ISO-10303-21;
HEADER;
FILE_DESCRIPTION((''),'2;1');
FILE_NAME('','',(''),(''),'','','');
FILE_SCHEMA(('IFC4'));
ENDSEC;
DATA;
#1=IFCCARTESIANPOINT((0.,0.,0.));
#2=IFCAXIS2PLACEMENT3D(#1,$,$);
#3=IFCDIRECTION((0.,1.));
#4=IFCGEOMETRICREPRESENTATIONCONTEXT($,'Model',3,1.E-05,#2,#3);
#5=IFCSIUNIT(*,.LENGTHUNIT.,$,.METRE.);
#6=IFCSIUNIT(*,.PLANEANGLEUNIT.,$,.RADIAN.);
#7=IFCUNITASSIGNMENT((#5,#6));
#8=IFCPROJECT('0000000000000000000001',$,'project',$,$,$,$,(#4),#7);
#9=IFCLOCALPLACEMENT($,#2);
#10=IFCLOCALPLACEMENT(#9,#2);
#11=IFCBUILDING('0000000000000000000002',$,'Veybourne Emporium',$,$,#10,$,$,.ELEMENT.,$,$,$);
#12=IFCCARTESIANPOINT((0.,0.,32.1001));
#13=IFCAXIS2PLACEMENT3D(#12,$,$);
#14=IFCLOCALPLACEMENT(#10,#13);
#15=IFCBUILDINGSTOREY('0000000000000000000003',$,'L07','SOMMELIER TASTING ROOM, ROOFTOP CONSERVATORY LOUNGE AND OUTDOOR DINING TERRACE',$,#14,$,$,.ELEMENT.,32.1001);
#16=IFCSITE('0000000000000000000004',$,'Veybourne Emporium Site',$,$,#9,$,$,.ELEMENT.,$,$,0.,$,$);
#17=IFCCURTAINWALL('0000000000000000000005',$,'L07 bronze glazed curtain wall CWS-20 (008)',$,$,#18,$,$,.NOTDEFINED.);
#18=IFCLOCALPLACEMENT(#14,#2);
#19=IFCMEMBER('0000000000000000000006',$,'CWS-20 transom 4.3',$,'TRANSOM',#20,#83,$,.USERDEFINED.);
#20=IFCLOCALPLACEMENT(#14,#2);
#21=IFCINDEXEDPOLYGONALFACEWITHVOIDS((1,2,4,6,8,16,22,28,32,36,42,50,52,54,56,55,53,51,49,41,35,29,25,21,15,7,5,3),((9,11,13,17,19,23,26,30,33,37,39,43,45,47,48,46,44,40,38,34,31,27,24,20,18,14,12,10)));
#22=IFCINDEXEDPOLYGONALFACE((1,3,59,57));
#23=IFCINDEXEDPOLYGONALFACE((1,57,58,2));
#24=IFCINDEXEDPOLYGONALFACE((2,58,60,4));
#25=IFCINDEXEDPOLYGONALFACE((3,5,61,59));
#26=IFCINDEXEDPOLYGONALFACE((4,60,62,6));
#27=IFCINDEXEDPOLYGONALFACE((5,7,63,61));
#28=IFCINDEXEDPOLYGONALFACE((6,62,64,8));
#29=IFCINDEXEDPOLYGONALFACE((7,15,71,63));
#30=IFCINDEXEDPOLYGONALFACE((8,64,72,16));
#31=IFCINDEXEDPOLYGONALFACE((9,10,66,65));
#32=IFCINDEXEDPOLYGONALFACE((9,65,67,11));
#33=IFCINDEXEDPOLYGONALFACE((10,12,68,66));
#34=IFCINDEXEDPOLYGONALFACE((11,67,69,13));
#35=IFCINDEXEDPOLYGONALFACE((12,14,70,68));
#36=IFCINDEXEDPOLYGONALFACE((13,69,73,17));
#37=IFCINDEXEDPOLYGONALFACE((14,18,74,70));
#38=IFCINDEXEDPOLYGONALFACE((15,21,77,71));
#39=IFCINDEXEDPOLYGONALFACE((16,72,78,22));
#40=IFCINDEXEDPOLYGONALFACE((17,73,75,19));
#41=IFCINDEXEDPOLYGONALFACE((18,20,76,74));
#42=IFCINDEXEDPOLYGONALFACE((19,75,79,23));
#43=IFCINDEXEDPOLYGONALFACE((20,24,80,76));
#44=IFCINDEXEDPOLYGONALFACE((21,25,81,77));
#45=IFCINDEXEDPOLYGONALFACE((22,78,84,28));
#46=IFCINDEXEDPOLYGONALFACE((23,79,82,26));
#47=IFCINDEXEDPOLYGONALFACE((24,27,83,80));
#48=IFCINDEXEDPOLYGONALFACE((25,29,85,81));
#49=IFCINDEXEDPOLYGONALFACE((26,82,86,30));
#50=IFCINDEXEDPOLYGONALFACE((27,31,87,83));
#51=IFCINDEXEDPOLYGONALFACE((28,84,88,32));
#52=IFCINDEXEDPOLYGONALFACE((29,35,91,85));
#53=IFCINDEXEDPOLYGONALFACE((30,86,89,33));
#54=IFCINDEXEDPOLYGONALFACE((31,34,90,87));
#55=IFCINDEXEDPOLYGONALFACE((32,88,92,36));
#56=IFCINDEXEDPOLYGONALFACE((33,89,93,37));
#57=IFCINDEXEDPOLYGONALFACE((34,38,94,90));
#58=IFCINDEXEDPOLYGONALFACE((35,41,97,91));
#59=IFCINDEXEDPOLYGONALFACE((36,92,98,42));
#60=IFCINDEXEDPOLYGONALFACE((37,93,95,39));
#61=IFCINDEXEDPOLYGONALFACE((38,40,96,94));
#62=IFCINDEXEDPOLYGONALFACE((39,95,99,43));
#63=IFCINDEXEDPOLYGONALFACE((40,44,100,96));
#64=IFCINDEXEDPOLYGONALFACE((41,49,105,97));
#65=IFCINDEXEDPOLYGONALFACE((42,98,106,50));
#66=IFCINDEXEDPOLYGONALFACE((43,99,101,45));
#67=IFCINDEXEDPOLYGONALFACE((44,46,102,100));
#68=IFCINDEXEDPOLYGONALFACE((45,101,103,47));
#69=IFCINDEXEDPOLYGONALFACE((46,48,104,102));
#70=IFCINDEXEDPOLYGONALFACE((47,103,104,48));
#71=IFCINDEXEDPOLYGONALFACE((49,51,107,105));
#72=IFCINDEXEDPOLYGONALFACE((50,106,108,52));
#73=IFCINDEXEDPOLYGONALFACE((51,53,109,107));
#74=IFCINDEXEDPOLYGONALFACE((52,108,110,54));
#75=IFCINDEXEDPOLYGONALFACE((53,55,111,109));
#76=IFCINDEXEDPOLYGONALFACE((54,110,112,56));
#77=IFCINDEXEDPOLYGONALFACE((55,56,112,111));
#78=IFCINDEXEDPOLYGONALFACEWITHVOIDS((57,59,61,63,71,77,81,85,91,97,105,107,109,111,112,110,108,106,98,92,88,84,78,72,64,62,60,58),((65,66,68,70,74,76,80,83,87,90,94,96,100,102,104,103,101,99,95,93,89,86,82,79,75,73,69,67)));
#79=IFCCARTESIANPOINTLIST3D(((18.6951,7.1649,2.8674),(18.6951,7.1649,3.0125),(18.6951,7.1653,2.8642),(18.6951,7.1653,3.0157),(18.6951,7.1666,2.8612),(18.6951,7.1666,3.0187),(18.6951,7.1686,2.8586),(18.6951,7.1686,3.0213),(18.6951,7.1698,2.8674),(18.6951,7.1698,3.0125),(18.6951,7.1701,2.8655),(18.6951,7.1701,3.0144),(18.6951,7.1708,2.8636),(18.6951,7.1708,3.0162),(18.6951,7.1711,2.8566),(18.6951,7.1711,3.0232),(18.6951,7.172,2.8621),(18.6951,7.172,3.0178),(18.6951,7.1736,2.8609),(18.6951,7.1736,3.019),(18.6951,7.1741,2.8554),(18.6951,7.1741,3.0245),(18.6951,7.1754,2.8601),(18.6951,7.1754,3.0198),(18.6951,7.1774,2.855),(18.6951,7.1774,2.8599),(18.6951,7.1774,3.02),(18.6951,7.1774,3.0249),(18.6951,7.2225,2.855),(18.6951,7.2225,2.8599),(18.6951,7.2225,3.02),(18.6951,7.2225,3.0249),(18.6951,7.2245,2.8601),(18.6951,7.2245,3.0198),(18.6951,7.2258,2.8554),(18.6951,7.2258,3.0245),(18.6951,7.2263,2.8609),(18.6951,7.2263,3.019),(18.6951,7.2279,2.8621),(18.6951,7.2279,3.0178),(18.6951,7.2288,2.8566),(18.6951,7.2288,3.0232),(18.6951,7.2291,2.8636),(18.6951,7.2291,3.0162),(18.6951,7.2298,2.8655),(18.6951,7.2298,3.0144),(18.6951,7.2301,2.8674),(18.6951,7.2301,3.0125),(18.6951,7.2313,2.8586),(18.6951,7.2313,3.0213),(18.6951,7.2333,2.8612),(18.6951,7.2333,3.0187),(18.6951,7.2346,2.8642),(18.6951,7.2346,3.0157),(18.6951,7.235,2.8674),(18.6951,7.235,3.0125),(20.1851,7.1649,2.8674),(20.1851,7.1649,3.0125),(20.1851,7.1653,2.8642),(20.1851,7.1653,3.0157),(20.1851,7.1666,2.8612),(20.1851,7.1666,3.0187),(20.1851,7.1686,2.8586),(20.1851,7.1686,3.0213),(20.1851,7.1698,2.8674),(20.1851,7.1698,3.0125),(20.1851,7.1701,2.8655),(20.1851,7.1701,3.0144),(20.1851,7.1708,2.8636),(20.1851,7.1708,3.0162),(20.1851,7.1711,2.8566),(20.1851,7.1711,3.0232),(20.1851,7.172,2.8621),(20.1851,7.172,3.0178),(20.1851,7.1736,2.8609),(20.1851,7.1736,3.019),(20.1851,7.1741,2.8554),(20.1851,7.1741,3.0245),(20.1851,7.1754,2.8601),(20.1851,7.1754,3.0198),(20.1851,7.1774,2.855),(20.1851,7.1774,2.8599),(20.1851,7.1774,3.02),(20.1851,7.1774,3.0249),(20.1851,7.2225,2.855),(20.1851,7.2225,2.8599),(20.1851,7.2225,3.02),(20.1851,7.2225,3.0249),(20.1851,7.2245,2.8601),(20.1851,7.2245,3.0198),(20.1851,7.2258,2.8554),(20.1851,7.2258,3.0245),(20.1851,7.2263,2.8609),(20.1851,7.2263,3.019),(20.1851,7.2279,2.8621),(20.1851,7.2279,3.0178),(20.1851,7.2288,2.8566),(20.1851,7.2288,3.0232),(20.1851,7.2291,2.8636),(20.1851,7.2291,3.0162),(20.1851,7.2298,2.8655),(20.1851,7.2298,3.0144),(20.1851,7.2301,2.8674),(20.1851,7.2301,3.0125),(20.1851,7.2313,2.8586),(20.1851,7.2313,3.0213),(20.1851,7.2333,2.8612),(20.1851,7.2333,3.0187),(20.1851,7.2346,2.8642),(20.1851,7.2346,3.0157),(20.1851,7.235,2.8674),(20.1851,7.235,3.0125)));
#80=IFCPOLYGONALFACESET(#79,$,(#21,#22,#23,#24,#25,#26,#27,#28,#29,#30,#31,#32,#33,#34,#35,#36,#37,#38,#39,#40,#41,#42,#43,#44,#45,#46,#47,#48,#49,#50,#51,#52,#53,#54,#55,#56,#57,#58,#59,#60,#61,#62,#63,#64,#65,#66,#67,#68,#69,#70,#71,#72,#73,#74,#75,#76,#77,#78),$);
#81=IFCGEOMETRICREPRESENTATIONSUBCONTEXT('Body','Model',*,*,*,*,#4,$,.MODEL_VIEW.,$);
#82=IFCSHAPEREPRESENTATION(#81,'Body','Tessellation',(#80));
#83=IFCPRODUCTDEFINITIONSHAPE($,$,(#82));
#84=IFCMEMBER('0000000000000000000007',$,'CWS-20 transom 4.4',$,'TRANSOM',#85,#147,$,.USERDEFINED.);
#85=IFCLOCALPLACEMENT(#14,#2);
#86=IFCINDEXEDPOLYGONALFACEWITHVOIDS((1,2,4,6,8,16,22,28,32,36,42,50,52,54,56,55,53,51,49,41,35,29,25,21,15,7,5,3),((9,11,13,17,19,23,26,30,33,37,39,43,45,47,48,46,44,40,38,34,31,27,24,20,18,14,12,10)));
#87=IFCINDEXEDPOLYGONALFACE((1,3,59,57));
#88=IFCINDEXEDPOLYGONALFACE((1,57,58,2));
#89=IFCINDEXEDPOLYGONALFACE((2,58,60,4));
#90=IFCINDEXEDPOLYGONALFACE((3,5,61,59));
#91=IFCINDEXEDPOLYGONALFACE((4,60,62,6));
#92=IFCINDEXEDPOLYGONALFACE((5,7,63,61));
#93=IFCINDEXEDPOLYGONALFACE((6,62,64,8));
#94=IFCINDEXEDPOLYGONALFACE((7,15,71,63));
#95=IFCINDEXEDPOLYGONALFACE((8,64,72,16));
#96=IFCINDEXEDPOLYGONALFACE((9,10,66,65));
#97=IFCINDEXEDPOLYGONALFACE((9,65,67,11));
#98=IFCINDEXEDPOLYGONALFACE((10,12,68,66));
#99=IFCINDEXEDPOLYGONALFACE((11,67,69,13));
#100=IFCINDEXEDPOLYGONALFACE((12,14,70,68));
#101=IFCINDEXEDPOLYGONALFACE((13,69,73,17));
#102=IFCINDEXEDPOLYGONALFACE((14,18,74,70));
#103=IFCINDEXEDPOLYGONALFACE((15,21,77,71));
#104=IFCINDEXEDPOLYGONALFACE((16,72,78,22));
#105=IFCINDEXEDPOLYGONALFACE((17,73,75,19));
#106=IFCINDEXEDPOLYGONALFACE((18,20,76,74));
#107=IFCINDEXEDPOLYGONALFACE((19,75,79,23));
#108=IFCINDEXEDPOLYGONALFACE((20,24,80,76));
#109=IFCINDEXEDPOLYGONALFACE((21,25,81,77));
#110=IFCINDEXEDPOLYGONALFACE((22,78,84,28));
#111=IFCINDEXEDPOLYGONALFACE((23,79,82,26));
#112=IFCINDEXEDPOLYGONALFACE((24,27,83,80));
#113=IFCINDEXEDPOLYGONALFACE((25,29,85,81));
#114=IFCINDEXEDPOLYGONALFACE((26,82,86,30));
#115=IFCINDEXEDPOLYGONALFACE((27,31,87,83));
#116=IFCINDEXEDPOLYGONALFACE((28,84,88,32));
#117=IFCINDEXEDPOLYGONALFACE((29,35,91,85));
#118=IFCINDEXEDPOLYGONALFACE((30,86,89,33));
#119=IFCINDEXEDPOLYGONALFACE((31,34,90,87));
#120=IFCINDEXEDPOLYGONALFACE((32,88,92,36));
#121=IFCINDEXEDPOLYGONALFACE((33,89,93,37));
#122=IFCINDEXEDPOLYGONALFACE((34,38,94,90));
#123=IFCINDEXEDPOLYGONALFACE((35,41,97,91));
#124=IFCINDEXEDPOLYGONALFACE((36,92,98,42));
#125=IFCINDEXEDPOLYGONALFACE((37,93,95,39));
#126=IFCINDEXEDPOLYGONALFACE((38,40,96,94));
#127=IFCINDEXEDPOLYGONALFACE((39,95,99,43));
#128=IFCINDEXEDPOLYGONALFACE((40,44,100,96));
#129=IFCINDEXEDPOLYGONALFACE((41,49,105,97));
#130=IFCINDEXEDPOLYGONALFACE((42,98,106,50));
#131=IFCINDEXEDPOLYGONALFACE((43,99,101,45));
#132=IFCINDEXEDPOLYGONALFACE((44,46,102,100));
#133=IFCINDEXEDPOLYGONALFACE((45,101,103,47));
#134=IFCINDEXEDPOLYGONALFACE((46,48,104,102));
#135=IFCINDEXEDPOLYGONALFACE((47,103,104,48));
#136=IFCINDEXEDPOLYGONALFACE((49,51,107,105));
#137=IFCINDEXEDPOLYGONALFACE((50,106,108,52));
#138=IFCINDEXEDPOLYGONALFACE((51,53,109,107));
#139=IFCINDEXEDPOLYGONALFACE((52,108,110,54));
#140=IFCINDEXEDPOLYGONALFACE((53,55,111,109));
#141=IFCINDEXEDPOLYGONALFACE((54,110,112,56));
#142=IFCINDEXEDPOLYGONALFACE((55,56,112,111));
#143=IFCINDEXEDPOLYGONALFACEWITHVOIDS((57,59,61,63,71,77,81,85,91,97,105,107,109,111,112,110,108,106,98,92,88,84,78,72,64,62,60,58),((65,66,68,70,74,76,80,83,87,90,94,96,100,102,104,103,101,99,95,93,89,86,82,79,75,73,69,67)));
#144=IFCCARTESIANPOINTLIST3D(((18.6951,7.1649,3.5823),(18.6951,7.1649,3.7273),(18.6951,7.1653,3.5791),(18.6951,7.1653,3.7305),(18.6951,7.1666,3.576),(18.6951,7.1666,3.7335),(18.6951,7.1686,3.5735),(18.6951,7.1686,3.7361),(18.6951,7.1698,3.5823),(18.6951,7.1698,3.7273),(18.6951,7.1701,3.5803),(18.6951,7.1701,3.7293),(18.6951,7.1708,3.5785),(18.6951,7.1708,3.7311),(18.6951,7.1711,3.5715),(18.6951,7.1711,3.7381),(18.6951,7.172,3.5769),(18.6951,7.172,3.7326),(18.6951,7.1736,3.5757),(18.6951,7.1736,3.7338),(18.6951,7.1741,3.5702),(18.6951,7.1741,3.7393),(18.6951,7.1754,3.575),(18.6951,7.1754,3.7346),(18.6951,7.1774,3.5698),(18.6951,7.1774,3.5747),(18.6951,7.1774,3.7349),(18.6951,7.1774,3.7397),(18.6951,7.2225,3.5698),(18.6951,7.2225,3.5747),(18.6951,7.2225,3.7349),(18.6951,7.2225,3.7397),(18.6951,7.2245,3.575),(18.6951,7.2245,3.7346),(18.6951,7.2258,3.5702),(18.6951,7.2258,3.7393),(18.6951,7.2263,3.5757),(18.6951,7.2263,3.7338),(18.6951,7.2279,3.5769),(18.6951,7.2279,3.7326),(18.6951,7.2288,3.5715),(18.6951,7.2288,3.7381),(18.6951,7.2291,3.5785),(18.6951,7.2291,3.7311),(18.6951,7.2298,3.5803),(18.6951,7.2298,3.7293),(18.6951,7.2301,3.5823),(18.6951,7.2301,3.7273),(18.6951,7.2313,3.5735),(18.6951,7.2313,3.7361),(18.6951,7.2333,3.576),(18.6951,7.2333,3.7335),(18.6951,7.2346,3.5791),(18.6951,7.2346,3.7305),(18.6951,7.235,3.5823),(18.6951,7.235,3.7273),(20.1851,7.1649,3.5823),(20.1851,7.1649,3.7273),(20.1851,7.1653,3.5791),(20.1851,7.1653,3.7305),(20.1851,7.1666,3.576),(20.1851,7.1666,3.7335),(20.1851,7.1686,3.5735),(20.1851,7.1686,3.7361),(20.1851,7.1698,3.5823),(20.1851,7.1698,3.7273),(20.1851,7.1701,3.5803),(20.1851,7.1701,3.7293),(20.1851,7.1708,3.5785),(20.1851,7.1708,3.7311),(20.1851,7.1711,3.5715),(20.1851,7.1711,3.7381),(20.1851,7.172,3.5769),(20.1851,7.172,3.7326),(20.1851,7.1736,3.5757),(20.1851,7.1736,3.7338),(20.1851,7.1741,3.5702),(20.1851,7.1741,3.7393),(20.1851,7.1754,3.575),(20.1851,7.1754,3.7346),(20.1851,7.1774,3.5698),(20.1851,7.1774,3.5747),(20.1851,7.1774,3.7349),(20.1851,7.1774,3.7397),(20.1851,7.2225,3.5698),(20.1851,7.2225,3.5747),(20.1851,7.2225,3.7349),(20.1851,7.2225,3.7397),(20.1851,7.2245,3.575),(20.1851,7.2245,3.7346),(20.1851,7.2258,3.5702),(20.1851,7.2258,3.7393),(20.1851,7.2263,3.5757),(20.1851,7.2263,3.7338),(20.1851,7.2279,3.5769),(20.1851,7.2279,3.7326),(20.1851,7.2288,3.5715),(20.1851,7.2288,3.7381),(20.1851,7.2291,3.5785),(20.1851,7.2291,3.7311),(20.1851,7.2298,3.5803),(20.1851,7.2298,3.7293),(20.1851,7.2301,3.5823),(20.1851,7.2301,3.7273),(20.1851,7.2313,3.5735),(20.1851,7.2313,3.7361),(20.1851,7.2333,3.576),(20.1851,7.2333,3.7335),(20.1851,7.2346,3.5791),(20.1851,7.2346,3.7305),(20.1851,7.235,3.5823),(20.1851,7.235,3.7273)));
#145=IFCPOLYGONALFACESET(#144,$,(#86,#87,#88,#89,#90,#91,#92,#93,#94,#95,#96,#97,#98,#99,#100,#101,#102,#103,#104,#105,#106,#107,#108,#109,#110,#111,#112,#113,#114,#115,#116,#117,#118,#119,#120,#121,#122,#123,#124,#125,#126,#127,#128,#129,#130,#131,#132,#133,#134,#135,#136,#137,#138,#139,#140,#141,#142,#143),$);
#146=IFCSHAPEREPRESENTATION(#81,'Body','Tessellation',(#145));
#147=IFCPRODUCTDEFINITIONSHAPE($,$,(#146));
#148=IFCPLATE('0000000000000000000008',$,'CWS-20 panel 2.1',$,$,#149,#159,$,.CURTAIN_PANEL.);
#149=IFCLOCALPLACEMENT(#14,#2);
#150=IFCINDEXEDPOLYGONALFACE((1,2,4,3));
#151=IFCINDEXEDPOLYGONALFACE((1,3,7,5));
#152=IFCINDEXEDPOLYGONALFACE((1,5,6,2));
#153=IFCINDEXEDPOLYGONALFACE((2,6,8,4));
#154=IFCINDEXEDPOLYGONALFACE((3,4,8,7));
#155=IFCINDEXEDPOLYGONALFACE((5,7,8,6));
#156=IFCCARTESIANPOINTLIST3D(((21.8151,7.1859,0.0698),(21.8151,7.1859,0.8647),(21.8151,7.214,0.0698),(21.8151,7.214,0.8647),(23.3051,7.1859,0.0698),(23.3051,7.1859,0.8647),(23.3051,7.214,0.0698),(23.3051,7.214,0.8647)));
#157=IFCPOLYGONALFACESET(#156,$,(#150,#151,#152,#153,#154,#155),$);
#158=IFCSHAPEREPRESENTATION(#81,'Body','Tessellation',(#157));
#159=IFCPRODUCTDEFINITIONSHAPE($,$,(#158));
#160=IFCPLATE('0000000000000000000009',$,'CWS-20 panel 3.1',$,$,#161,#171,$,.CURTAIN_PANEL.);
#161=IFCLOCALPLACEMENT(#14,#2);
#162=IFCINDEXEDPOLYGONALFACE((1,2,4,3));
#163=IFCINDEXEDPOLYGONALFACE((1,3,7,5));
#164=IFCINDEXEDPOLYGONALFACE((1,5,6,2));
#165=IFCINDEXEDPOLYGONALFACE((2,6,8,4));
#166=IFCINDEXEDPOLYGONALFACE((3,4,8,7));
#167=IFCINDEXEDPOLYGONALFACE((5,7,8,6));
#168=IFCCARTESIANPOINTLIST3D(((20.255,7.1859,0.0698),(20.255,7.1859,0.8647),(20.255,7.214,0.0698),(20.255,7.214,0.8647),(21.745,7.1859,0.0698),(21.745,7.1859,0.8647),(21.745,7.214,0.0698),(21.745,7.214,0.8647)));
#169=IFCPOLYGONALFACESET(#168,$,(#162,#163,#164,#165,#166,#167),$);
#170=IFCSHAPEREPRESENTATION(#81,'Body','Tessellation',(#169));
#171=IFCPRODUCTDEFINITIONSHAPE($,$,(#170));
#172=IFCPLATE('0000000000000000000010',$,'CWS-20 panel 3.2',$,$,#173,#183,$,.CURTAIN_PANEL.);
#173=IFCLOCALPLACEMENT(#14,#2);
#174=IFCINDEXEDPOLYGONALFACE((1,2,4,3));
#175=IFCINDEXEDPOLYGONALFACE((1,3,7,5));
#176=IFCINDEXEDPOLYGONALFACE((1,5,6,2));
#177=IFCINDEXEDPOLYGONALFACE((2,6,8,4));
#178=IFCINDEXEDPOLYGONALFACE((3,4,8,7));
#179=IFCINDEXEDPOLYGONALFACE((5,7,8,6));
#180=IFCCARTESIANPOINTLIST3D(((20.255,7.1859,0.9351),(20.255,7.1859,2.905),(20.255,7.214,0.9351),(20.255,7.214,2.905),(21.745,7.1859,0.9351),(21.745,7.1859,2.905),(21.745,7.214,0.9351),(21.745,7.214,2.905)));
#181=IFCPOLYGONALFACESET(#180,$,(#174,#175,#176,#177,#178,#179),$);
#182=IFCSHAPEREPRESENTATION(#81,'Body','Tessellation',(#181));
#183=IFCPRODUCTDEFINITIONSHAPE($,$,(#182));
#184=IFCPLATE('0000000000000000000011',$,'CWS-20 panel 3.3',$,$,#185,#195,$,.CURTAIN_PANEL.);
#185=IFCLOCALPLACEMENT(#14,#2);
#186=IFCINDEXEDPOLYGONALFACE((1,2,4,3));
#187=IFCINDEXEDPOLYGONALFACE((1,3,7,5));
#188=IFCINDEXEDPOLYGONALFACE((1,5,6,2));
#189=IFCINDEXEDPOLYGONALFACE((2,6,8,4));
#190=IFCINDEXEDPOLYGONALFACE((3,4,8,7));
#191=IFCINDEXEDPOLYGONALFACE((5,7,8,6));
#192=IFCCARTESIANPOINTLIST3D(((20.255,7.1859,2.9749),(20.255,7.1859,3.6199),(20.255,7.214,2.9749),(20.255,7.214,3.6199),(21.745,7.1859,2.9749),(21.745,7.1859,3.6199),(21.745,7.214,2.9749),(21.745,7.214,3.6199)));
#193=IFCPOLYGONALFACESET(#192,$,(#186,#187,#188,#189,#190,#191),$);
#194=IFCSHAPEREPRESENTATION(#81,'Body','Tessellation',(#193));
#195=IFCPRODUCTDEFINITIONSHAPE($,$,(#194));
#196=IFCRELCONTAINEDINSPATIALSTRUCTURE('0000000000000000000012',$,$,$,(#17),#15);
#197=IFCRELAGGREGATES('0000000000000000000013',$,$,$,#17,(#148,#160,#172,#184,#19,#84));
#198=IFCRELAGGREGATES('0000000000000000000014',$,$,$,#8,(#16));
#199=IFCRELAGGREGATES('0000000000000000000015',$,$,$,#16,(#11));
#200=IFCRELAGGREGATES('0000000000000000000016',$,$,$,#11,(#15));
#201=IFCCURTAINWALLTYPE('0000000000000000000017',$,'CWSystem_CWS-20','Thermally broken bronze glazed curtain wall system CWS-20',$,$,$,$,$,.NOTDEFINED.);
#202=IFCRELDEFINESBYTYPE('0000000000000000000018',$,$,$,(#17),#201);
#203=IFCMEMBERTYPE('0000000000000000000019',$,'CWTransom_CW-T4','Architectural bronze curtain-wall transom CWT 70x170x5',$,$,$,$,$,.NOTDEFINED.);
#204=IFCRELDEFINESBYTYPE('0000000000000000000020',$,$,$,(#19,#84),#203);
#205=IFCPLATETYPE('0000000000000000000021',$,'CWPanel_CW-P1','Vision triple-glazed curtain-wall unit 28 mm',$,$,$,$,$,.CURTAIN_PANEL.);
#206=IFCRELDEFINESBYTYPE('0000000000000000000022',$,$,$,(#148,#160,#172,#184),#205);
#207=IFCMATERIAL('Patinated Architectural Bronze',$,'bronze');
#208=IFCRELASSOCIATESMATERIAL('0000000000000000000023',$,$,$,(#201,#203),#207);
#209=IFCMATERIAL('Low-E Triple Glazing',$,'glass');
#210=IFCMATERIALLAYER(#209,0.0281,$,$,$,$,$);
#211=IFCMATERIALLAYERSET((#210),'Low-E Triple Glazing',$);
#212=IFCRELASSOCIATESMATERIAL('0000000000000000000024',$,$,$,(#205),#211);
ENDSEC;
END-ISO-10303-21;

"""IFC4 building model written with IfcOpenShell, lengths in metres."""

from ifc_helpers import new_model, si_unit, direction, frame, origin, origin_2d, place, context, subcontext, project, spatial, rectangle, hollow_rectangle, extrude, material, layer, layer_set, material_profile, profile_set, type_object, element, aggregate, save


model = new_model("IFC4")

# Units and contexts
model_context = context("Model", 3, precision=1e-05, world=origin(), true_north=direction((0.0, 1.0)))
body_context = subcontext(model_context, "Body", "Model", "MODEL_VIEW")
ifc_project = project(units=[si_unit("LENGTHUNIT", "METRE"), si_unit("PLANEANGLEUNIT", "RADIAN")], contexts=[model_context])

# Site, building, storey
site_placement = place(None, origin())
site = spatial("IfcSite", under=ifc_project, at=site_placement, Name="Veybourne Emporium Site", CompositionType="ELEMENT", RefElevation=0.0)
building_placement = place(site_placement, origin())
building = spatial("IfcBuilding", under=site, at=building_placement, Name="Veybourne Emporium", CompositionType="ELEMENT")
storey_placement = place(building_placement, frame((0.0, 0.0, 32.1001)))
storey = spatial("IfcBuildingStorey", under=building, at=storey_placement, Name="L07", Description="SOMMELIER TASTING ROOM, ROOFTOP CONSERVATORY LOUNGE AND OUTDOOR DINING TERRACE", CompositionType="ELEMENT", Elevation=32.1001)

# Curtain wall, members, plates
ifc_material_1 = material(Name="Patinated Architectural Bronze", Category="bronze")
curtain_wall_type = type_object("IfcCurtainWallType", Name="CWSystem_CWS-20", Description="Thermally broken bronze glazed curtain wall system CWS-20", PredefinedType="NOTDEFINED", material=ifc_material_1)
curtain_wall_placement = place(storey_placement, origin())
curtain_wall = element("IfcCurtainWall", 1, at=curtain_wall_placement, inside=storey, type_object=curtain_wall_type, Name="L07 bronze glazed curtain wall CWS-20 (008)", PredefinedType="NOTDEFINED")
ifc_material_profile_1 = material_profile(ifc_material_1, hollow_rectangle(XDim=0.0701, YDim=0.1699, WallThickness=0.0049, InnerFilletRadius=0.0076, OuterFilletRadius=0.0125, at=origin_2d()), Name="CWT 70x170x5")
ifc_profile_set_1 = profile_set([ifc_material_profile_1], Name="Patinated Architectural Bronze")
member_type_1 = type_object("IfcMemberType", Name="CWTransom_CW-T4", Description="Architectural bronze curtain-wall transom CWT 70x170x5", PredefinedType="NOTDEFINED", material=ifc_profile_set_1)
member_1_placement = place(storey_placement, frame((20.1851, 7.2, 2.9399), z_axis=(-1.0, 0.0, 0.0), x_axis=(0.0, -1.0, 0.0)))
member_1 = element("IfcMember", 2, at=member_1_placement, type_object=member_type_1, Name="CWS-20 transom 4.3", ObjectType="TRANSOM", PredefinedType="USERDEFINED", context=body_context, shape_type="SweptSolid", body=[
    extrude(hollow_rectangle(XDim=0.0701, YDim=0.1699, WallThickness=0.0049, InnerFilletRadius=0.0076, OuterFilletRadius=0.0125, at=origin_2d()), origin(), (0.0, 0.0, 1.0), 1.49),
])
member_2_placement = place(storey_placement, frame((20.1851, 7.2, 3.6548), z_axis=(-1.0, 0.0, 0.0), x_axis=(0.0, -1.0, 0.0)))
member_2 = element("IfcMember", 3, at=member_2_placement, type_object=member_type_1, Name="CWS-20 transom 4.4", ObjectType="TRANSOM", PredefinedType="USERDEFINED", context=body_context, shape_type="SweptSolid", body=[
    extrude(hollow_rectangle(XDim=0.0701, YDim=0.1699, WallThickness=0.0049, InnerFilletRadius=0.0076, OuterFilletRadius=0.0125, at=origin_2d()), origin(), (0.0, 0.0, 1.0), 1.49),
])
ifc_material_2 = material(Name="Low-E Triple Glazing", Category="glass")
ifc_layer_1 = layer(ifc_material_2, 0.0281)
ifc_layer_set_1 = layer_set([ifc_layer_1], Name="Low-E Triple Glazing")
plate_type = type_object("IfcPlateType", Name="CWPanel_CW-P1", Description="Vision triple-glazed curtain-wall unit 28 mm", PredefinedType="CURTAIN_PANEL", material=ifc_layer_set_1)
plate_1_placement = place(storey_placement, frame((22.5601, 7.2, 0.0698), z_axis=(0.0, 0.0, 1.0), x_axis=(-1.0, 0.0, 0.0)))
plate_1 = element("IfcPlate", 4, at=plate_1_placement, type_object=plate_type, Name="CWS-20 panel 2.1", PredefinedType="CURTAIN_PANEL", context=body_context, shape_type="SweptSolid", body=[
    extrude(rectangle(XDim=1.49, YDim=0.0281, at=origin_2d()), origin(), (0.0, 0.0, 1.0), 0.7949),
])
plate_2_placement = place(storey_placement, frame((21.0, 7.2, 0.0698), z_axis=(0.0, 0.0, 1.0), x_axis=(-1.0, 0.0, 0.0)))
plate_2 = element("IfcPlate", 5, at=plate_2_placement, type_object=plate_type, Name="CWS-20 panel 3.1", PredefinedType="CURTAIN_PANEL", context=body_context, shape_type="SweptSolid", body=[
    extrude(rectangle(XDim=1.49, YDim=0.0281, at=origin_2d()), origin(), (0.0, 0.0, 1.0), 0.7949),
])
plate_3_placement = place(storey_placement, frame((21.0, 7.2, 0.9351), z_axis=(0.0, 0.0, 1.0), x_axis=(-1.0, 0.0, 0.0)))
plate_3 = element("IfcPlate", 6, at=plate_3_placement, type_object=plate_type, Name="CWS-20 panel 3.2", PredefinedType="CURTAIN_PANEL", context=body_context, shape_type="SweptSolid", body=[
    extrude(rectangle(XDim=1.49, YDim=0.0281, at=origin_2d()), origin(), (0.0, 0.0, 1.0), 1.97),
])
plate_4_placement = place(storey_placement, frame((21.0, 7.2, 2.9749), z_axis=(0.0, 0.0, 1.0), x_axis=(-1.0, 0.0, 0.0)))
plate_4 = element("IfcPlate", 7, at=plate_4_placement, type_object=plate_type, Name="CWS-20 panel 3.3", PredefinedType="CURTAIN_PANEL", context=body_context, shape_type="SweptSolid", body=[
    extrude(rectangle(XDim=1.49, YDim=0.0281, at=origin_2d()), origin(), (0.0, 0.0, 1.0), 0.645),
])
aggregate(curtain_wall, [plate_1, plate_2, plate_3, plate_4, member_1, member_2])

save(model, "model.ifc")
